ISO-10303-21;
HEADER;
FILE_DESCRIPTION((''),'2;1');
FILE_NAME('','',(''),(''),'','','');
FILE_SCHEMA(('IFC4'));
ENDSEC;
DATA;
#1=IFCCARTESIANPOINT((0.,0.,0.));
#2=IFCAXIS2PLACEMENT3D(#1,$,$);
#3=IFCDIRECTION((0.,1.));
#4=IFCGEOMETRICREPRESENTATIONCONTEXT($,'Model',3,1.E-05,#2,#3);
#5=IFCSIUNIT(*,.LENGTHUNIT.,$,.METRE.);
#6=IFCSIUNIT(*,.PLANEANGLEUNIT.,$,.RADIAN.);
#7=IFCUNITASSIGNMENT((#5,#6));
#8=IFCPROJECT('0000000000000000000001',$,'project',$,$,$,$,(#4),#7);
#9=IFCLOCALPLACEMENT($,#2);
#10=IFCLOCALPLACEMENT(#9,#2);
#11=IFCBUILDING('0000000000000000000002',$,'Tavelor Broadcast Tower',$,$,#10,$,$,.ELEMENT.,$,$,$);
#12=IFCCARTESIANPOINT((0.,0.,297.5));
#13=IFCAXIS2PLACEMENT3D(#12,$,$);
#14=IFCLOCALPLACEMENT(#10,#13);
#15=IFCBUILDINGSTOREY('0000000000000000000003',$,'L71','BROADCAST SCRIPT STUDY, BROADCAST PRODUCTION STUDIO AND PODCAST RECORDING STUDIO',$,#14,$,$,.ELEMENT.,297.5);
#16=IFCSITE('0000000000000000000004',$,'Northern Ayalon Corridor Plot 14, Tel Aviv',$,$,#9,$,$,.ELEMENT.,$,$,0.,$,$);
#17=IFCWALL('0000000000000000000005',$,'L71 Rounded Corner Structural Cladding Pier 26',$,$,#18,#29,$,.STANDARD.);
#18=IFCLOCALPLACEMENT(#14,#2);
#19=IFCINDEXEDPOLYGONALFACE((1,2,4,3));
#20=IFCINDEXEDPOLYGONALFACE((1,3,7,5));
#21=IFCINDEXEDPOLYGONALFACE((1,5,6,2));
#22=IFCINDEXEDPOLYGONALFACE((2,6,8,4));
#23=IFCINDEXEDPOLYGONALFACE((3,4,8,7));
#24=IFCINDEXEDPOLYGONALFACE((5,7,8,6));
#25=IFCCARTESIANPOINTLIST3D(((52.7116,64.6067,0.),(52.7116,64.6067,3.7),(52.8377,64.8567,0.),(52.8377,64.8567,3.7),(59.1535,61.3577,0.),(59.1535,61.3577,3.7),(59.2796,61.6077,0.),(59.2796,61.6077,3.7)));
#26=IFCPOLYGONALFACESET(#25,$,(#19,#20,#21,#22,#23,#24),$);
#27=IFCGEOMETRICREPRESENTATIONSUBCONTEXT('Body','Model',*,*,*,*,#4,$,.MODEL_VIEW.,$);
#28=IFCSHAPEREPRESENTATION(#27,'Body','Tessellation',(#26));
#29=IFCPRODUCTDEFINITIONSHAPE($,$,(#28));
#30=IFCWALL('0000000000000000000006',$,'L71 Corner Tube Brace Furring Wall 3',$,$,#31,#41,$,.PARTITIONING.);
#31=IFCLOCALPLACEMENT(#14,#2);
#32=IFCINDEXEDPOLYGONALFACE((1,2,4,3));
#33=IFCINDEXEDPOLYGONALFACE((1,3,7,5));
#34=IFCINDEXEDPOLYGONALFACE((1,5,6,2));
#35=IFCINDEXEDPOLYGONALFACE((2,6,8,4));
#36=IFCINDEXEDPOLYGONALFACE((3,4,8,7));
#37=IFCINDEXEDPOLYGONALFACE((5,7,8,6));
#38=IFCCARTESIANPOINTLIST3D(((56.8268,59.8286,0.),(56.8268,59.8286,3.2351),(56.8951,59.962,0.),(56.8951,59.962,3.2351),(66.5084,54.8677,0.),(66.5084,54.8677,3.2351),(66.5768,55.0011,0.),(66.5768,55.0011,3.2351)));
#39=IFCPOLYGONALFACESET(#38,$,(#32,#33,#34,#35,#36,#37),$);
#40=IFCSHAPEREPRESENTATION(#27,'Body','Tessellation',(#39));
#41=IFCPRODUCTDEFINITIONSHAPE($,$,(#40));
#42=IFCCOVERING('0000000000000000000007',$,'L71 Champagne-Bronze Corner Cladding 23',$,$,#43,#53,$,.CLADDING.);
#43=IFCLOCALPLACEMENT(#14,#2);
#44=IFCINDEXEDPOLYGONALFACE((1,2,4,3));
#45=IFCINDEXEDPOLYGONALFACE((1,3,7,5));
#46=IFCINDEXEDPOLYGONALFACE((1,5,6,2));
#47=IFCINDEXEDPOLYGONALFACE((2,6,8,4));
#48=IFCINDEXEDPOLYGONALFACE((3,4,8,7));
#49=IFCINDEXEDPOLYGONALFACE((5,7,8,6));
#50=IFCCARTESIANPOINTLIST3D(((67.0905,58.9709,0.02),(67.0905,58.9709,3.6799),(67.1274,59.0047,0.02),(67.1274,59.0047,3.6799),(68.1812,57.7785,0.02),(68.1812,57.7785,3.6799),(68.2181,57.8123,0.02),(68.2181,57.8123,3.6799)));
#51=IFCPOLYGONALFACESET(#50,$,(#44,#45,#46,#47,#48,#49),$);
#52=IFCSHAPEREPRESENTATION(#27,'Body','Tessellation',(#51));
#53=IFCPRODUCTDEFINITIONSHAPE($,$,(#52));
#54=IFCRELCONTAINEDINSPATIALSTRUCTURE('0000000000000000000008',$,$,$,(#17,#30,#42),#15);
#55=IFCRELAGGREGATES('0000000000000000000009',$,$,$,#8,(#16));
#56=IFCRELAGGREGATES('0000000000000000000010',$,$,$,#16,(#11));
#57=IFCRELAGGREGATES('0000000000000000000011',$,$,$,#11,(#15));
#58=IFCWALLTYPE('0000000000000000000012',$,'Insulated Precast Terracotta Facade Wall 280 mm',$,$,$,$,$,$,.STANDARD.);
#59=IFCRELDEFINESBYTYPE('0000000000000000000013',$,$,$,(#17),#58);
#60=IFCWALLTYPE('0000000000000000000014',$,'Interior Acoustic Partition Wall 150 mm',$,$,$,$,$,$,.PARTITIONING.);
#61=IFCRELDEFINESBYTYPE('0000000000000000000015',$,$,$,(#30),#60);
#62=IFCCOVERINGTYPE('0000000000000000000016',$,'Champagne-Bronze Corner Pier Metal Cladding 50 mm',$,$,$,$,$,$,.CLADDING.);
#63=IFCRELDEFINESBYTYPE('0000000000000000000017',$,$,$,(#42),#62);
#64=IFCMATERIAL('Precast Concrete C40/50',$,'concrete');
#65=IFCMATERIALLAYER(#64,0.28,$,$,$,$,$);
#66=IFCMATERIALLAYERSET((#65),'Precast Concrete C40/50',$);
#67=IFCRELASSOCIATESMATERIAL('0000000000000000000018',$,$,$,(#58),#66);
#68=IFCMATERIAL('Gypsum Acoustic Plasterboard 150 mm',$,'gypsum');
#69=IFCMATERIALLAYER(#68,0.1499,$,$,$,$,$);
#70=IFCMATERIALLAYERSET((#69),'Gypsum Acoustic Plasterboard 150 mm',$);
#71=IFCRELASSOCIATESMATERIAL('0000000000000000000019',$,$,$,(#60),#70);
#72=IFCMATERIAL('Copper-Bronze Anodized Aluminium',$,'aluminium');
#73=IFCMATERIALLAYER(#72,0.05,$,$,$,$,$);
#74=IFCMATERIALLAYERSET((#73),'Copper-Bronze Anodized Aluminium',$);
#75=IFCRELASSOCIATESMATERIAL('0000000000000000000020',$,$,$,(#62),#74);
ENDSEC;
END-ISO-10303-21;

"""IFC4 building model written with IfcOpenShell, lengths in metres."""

from ifc_helpers import new_model, si_unit, direction, frame, frame_2d, origin, origin_2d, place, context, subcontext, project, spatial, rectangle, extrude, material, layer, layer_set, type_object, element, save


model = new_model("IFC4")

# Units and contexts
model_context = context("Model", 3, precision=1e-05, world=origin(), true_north=direction((0.0, 1.0)))
body_context = subcontext(model_context, "Body", "Model", "MODEL_VIEW")
ifc_project = project(units=[si_unit("LENGTHUNIT", "METRE"), si_unit("PLANEANGLEUNIT", "RADIAN")], contexts=[model_context])

# Site, building, storey
site_placement = place(None, origin())
site = spatial("IfcSite", under=ifc_project, at=site_placement, Name="Northern Ayalon Corridor Plot 14, Tel Aviv", CompositionType="ELEMENT", RefElevation=0.0)
building_placement = place(site_placement, origin())
building = spatial("IfcBuilding", under=site, at=building_placement, Name="Tavelor Broadcast Tower", CompositionType="ELEMENT")
storey_placement = place(building_placement, frame((0.0, 0.0, 297.5)))
storey = spatial("IfcBuildingStorey", under=building, at=storey_placement, Name="L71", Description="BROADCAST SCRIPT STUDY, BROADCAST PRODUCTION STUDIO AND PODCAST RECORDING STUDIO", CompositionType="ELEMENT", Elevation=297.5)

# Walls
ifc_material_1 = material(Name="Precast Concrete C40/50", Category="concrete")
ifc_layer_1 = layer(ifc_material_1, 0.28)
ifc_layer_set_1 = layer_set([ifc_layer_1], Name="Precast Concrete C40/50")
wall_type_1 = type_object("IfcWallType", Name="Insulated Precast Terracotta Facade Wall 280 mm", PredefinedType="STANDARD", material=ifc_layer_set_1)
wall_1_placement = place(storey_placement, frame((59.2166, 61.4827, 0.0), z_axis=(0.0, 0.0, 1.0), x_axis=(-0.892865, 0.450324, 0.0)))
element("IfcWall", 1, at=wall_1_placement, inside=storey, type_object=wall_type_1, Name="L71 Rounded Corner Structural Cladding Pier 26", PredefinedType="STANDARD", context=body_context, shape_type="SweptSolid", body=[
    extrude(rectangle(XDim=7.2148, YDim=0.28, at=frame_2d((3.6074, 0.0))), origin(), (0.0, 0.0, 1.0), 3.7),
])
ifc_material_2 = material(Name="Gypsum Acoustic Plasterboard 150 mm", Category="gypsum")
ifc_layer_2 = layer(ifc_material_2, 0.1499)
ifc_layer_set_2 = layer_set([ifc_layer_2], Name="Gypsum Acoustic Plasterboard 150 mm")
wall_type_2 = type_object("IfcWallType", Name="Interior Acoustic Partition Wall 150 mm", PredefinedType="PARTITIONING", material=ifc_layer_set_2)
wall_2_placement = place(storey_placement, frame((66.5427, 54.9343, 0.0), z_axis=(0.0, 0.0, 1.0), x_axis=(-0.889967, 0.456025, 0.0)))
element("IfcWall", 2, at=wall_2_placement, inside=storey, type_object=wall_type_2, Name="L71 Corner Tube Brace Furring Wall 3", PredefinedType="PARTITIONING", context=body_context, shape_type="SweptSolid", body=[
    extrude(rectangle(XDim=10.8787, YDim=0.1499, at=frame_2d((5.4395, 0.0))), origin(), (0.0, 0.0, 1.0), 3.2351),
])

# Covering
ifc_material_3 = material(Name="Copper-Bronze Anodized Aluminium", Category="aluminium")
ifc_layer_3 = layer(ifc_material_3, 0.05)
ifc_layer_set_3 = layer_set([ifc_layer_3], Name="Copper-Bronze Anodized Aluminium")
covering_type = type_object("IfcCoveringType", Name="Champagne-Bronze Corner Pier Metal Cladding 50 mm", PredefinedType="CLADDING", material=ifc_layer_set_3)
covering_placement = place(storey_placement, frame((67.6543, 58.3916, 0.02), z_axis=(0.0, 0.0, 1.0), x_axis=(-0.674947, 0.737867, 0.0)))
element("IfcCovering", 3, at=covering_placement, inside=storey, type_object=covering_type, Name="L71 Champagne-Bronze Corner Cladding 23", PredefinedType="CLADDING", context=body_context, shape_type="SweptSolid", body=[
    extrude(rectangle(XDim=1.616, YDim=0.05, at=origin_2d()), origin(), (0.0, 0.0, 1.0), 3.6599),
])

save(model, "model.ifc")
